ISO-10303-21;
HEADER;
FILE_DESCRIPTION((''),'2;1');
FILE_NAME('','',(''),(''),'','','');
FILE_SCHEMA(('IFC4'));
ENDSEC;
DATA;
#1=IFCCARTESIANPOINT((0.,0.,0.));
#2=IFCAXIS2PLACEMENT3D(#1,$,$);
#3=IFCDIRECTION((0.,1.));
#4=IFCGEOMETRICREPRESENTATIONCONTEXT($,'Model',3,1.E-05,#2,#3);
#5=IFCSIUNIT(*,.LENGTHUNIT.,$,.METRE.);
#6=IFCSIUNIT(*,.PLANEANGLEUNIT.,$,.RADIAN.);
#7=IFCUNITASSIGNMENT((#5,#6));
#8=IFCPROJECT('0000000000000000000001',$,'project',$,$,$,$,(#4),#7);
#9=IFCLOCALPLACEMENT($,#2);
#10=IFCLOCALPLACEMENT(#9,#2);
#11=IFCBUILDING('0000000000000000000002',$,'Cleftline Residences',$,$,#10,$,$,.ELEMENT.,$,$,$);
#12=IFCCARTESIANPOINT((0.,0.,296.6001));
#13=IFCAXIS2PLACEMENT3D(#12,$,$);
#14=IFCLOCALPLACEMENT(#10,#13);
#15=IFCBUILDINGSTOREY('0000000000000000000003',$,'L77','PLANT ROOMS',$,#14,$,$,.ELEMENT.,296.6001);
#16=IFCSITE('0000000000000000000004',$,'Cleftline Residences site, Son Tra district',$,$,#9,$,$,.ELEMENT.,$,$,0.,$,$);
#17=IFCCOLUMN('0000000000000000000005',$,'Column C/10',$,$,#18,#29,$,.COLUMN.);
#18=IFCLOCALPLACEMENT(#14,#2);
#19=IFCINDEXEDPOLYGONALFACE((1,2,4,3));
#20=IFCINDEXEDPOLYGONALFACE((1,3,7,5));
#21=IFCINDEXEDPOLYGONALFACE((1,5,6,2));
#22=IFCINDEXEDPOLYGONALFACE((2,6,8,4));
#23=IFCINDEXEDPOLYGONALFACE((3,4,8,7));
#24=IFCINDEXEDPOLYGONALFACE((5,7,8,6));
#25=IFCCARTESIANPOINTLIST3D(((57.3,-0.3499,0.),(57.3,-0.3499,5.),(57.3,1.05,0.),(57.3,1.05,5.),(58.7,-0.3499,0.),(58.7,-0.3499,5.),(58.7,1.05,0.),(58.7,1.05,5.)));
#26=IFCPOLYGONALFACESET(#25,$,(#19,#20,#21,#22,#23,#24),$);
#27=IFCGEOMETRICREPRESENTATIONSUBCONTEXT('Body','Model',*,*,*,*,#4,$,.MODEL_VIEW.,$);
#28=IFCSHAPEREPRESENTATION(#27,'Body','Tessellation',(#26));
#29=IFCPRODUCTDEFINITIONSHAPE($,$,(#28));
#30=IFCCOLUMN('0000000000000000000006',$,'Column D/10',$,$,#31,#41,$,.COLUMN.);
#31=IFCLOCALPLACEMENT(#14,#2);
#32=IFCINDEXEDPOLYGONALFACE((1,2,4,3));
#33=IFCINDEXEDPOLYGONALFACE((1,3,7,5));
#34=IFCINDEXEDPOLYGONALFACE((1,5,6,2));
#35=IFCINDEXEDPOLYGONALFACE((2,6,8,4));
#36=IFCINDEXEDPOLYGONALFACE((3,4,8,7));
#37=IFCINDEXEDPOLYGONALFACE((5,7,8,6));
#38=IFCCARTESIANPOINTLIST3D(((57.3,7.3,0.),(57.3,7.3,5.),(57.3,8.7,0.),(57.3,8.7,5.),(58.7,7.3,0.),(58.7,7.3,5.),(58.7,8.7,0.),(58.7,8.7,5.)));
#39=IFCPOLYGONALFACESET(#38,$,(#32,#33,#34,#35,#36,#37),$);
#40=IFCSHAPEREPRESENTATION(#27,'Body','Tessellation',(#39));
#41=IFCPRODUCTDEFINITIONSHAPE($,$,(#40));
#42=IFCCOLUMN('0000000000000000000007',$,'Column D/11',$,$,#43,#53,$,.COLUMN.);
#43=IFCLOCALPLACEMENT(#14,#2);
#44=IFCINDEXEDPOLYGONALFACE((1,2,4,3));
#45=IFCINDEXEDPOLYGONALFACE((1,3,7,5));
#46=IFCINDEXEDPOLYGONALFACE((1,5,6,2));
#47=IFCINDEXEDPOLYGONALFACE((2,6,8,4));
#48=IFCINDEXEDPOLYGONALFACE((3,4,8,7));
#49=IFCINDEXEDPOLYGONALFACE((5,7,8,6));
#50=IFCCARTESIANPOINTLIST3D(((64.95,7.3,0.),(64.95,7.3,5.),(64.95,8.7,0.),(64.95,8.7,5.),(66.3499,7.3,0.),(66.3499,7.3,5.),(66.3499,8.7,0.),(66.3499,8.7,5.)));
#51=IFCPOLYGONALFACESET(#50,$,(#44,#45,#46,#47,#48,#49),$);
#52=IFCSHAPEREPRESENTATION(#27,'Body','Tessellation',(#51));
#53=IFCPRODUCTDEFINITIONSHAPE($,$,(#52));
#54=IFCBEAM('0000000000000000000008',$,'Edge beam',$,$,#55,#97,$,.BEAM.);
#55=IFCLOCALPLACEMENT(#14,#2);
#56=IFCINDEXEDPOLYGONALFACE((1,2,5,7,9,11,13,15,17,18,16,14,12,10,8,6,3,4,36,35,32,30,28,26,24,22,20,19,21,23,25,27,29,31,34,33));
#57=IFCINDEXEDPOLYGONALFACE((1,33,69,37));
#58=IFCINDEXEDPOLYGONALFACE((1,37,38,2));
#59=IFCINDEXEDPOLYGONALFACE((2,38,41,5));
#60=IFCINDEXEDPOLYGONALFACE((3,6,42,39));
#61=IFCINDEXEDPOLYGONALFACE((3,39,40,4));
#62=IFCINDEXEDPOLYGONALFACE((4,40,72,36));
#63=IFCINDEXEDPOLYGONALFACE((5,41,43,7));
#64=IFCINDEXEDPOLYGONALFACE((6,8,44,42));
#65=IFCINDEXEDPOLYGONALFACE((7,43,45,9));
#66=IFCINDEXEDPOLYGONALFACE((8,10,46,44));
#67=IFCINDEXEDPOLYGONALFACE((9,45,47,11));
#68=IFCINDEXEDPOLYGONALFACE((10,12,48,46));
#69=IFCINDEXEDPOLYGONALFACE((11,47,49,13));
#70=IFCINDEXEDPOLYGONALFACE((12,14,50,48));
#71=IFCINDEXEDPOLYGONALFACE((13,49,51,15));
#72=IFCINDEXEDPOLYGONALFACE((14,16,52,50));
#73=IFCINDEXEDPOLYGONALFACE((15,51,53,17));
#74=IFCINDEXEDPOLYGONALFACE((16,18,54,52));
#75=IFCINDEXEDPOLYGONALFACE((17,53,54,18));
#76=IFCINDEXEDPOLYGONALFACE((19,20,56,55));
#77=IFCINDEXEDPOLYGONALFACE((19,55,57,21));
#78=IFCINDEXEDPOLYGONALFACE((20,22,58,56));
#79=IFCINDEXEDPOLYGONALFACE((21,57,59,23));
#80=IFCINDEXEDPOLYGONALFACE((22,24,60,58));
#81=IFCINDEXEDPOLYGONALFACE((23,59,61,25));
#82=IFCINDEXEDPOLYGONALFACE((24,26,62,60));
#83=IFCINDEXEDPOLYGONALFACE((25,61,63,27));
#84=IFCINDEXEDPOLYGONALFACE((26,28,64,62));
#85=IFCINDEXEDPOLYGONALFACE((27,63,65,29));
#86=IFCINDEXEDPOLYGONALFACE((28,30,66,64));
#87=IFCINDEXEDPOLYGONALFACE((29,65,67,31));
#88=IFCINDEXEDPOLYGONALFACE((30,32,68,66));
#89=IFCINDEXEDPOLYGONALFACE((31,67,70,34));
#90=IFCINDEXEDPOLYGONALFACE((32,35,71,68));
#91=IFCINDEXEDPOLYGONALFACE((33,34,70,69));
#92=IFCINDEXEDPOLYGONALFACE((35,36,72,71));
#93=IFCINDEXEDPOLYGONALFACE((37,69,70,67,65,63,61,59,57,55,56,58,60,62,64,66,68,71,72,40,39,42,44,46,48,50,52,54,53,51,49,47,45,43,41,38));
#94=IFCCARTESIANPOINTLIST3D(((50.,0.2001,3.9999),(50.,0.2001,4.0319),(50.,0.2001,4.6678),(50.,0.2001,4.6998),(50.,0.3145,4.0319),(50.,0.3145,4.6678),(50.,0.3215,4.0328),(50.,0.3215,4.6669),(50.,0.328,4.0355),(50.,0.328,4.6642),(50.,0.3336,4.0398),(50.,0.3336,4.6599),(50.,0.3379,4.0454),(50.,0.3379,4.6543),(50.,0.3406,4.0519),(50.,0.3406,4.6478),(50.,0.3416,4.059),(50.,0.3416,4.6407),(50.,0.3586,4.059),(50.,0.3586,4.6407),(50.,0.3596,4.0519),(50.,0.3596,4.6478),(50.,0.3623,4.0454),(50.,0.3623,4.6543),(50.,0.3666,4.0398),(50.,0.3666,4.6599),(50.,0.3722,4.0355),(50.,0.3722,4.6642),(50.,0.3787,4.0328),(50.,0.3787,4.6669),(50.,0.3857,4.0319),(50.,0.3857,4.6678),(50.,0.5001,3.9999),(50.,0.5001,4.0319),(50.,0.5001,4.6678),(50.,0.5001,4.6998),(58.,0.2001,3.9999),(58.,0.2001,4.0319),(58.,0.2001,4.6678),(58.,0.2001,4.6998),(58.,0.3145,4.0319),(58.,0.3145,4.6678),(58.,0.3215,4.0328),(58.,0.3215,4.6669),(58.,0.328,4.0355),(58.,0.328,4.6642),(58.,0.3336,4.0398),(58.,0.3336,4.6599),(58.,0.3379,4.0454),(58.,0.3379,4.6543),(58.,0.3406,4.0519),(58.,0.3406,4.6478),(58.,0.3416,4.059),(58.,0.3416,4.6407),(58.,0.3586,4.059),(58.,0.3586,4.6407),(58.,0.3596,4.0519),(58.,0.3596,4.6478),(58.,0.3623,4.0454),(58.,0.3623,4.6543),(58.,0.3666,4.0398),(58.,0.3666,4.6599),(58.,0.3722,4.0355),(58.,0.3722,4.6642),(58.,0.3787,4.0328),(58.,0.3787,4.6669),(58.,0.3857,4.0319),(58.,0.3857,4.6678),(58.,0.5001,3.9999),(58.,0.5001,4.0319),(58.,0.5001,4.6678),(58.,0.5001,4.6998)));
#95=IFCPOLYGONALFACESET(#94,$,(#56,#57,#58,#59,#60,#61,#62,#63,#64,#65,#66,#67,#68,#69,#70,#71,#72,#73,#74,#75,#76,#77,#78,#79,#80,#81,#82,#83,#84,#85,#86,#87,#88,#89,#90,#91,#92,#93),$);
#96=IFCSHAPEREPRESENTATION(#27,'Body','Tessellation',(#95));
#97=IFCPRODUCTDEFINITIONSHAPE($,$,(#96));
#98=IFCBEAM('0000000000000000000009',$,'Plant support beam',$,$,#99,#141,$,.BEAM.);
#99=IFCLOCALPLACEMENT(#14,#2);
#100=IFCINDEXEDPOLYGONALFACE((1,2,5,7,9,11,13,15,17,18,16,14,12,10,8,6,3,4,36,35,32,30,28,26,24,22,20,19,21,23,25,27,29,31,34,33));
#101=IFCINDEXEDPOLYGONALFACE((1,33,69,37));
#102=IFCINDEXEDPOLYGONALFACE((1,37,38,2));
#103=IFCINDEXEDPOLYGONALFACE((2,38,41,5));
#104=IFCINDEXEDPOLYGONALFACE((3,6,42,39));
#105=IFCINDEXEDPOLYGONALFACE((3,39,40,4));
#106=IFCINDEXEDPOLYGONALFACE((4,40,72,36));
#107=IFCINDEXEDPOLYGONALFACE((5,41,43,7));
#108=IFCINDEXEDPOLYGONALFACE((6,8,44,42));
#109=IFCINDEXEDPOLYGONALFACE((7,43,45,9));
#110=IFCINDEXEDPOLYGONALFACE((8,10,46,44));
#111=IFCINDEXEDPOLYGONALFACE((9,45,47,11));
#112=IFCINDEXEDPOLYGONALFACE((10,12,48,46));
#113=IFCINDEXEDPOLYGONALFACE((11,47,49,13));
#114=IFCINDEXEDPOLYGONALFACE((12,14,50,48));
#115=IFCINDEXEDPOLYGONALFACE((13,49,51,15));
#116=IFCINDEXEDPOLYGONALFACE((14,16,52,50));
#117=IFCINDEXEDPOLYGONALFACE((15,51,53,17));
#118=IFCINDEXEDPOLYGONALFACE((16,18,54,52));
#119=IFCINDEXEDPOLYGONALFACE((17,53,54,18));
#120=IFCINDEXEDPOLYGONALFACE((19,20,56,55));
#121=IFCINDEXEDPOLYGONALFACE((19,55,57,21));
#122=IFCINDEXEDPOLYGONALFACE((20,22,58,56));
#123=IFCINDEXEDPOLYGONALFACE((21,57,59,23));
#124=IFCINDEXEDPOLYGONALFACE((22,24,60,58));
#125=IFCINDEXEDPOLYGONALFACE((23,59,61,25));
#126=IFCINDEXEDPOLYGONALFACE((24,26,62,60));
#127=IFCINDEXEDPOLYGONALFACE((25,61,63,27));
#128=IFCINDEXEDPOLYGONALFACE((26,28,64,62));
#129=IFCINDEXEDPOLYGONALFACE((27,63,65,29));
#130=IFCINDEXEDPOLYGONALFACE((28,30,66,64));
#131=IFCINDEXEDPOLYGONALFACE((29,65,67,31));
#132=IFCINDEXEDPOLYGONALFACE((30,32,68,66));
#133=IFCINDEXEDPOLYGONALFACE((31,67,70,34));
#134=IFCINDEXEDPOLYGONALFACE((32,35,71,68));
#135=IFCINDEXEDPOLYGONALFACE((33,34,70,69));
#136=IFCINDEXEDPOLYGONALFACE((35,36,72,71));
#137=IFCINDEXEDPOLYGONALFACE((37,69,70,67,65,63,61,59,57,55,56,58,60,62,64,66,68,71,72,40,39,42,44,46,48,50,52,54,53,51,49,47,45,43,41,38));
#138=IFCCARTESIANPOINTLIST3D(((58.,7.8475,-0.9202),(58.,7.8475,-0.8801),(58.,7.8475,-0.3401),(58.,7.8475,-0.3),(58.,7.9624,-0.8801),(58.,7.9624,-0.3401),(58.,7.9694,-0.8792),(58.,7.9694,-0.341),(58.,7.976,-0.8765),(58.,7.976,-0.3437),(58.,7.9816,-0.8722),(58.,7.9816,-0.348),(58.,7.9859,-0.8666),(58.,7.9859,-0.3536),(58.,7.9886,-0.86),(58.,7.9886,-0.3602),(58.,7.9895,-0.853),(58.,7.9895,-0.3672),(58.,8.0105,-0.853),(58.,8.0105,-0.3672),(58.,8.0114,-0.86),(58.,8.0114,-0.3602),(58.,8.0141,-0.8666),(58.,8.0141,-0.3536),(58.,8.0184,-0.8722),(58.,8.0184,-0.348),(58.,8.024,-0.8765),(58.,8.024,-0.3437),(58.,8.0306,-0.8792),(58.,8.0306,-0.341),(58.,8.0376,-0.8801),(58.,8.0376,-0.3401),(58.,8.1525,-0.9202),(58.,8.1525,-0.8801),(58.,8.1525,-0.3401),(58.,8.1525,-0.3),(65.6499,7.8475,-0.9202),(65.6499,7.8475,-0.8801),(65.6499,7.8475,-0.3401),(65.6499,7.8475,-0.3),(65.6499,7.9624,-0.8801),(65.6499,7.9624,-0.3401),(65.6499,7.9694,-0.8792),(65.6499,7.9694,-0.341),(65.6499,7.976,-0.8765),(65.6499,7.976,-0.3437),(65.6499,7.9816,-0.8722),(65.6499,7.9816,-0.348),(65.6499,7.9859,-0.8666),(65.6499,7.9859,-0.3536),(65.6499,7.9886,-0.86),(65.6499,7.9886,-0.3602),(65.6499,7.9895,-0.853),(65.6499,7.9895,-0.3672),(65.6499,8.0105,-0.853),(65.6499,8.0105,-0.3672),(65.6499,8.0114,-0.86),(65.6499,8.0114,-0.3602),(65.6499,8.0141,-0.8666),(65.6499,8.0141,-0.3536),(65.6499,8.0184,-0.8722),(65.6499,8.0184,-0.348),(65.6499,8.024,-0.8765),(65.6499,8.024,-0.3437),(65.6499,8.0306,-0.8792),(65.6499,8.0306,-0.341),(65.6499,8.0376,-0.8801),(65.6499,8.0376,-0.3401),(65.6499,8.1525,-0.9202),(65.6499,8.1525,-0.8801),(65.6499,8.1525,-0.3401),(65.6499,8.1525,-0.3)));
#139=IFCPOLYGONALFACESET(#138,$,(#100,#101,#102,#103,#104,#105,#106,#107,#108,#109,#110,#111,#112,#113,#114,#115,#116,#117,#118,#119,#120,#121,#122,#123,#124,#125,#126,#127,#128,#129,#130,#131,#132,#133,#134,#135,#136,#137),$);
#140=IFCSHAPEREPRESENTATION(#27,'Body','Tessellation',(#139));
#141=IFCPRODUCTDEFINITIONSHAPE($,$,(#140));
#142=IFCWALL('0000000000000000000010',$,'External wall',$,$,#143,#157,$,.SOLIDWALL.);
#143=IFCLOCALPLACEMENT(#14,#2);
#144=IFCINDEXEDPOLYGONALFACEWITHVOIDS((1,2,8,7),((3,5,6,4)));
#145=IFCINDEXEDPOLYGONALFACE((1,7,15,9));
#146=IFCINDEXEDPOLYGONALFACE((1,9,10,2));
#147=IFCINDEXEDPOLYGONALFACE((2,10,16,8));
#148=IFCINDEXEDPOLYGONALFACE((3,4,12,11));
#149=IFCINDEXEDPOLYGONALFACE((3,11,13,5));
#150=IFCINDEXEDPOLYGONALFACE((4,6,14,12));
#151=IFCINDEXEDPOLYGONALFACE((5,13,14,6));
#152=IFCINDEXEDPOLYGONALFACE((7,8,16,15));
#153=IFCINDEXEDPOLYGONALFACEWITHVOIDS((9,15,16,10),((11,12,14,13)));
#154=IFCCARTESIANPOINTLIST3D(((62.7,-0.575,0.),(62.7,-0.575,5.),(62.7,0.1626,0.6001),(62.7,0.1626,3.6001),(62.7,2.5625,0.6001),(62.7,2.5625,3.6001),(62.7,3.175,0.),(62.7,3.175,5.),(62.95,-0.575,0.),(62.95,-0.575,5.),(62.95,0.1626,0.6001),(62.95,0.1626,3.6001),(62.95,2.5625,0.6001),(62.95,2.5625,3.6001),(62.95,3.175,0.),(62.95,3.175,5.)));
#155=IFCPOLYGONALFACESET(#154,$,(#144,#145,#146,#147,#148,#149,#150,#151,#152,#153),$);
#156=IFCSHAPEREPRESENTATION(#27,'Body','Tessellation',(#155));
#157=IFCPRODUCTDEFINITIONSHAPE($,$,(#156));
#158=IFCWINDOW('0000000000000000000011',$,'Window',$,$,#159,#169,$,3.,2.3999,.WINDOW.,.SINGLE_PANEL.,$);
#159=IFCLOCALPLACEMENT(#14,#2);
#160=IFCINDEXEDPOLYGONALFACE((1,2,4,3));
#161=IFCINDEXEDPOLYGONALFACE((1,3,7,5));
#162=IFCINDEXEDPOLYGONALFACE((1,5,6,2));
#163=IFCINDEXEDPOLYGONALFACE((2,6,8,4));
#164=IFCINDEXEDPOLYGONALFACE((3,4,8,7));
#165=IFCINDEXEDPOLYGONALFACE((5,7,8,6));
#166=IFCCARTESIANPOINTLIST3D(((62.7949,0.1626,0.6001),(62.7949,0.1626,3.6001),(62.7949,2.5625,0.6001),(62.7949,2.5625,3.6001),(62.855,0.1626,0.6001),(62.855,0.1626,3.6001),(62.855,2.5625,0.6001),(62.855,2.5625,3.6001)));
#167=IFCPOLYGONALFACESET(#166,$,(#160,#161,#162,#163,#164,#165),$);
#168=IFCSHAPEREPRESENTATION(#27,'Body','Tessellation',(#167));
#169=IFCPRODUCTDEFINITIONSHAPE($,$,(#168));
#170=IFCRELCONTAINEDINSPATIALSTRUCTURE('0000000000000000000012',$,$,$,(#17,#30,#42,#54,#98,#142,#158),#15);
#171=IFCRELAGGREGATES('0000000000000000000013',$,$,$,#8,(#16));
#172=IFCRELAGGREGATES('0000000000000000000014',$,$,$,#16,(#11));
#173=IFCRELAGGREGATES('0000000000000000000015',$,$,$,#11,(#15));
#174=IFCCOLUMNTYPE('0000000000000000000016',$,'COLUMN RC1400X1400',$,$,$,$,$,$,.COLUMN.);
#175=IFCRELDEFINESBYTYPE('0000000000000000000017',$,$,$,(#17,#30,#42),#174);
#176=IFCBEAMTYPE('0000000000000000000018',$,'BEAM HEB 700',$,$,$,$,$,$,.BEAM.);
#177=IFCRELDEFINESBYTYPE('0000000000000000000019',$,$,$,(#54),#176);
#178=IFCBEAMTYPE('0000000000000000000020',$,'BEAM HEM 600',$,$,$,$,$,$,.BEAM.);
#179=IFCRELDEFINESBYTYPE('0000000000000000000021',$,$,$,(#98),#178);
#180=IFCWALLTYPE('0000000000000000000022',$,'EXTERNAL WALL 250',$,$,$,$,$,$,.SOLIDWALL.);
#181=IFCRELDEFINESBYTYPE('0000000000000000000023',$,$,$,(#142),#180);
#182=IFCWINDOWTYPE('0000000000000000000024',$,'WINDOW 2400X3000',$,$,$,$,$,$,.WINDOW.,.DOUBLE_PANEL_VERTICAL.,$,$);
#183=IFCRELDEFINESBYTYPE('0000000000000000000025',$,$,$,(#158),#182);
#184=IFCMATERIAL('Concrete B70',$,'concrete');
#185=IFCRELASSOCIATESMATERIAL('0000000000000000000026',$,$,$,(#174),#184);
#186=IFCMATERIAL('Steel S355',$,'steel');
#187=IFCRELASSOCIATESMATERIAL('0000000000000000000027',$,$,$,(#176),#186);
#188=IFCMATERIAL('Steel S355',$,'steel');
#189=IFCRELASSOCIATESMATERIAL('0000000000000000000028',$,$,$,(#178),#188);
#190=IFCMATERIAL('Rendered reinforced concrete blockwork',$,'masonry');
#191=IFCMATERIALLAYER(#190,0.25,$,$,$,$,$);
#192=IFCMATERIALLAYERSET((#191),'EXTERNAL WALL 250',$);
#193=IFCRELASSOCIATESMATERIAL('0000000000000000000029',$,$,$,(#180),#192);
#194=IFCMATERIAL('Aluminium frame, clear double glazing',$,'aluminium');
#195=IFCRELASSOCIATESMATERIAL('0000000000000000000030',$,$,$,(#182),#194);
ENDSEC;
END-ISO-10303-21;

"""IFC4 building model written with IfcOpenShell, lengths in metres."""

from ifc_helpers import new_model, si_unit, direction, frame, frame_2d, origin, origin_2d, place, context, subcontext, project, spatial, rectangle, i_section, extrude, material, layer, layer_set, material_profile, profile_set, type_object, element, fill, save


model = new_model("IFC4")

# Units and contexts
model_context = context("Model", 3, precision=1e-05, world=origin(), true_north=direction((0.0, 1.0)))
body_context = subcontext(model_context, "Body", "Model", "MODEL_VIEW")
ifc_project = project(units=[si_unit("LENGTHUNIT", "METRE"), si_unit("PLANEANGLEUNIT", "RADIAN")], contexts=[model_context])

# Site, building, storey
site_placement = place(None, origin())
site = spatial("IfcSite", under=ifc_project, at=site_placement, Name="Cleftline Residences site, Son Tra district", CompositionType="ELEMENT", RefElevation=0.0)
building_placement = place(site_placement, origin())
building = spatial("IfcBuilding", under=site, at=building_placement, Name="Cleftline Residences", CompositionType="ELEMENT")
storey_placement = place(building_placement, frame((0.0, 0.0, 296.6001)))
storey = spatial("IfcBuildingStorey", under=building, at=storey_placement, Name="L77", Description="PLANT ROOMS", CompositionType="ELEMENT", Elevation=296.6001)

# Columns
ifc_material_1 = material(Name="Concrete B70", Category="concrete")
ifc_material_profile_1 = material_profile(ifc_material_1, rectangle(XDim=1.3999, YDim=1.3999, at=origin_2d()))
ifc_profile_set_1 = profile_set([ifc_material_profile_1], Name="Concrete B70")
column_type = type_object("IfcColumnType", Name="COLUMN RC1400X1400", PredefinedType="COLUMN", material=ifc_profile_set_1)
for number, where, z_axis, x_axis, name in (
    (1, (58.0, 0.3501, 0.0), (0.0, 0.0, 1.0), (1.0, 0.0, 0.0), "Column C/10"),
    (2, (58.0, 8.0, 0.0), (0.0, 0.0, 1.0), (1.0, 0.0, 0.0), "Column D/10"),
    (3, (65.6499, 8.0, 0.0), (0.0, 0.0, 1.0), (1.0, 0.0, 0.0), "Column D/11"),
):
    element("IfcColumn", number, at=place(storey_placement, frame(where, z_axis=z_axis, x_axis=x_axis)), inside=storey, type_object=column_type, Name=name, PredefinedType="COLUMN", context=body_context, shape_type="SweptSolid", body=[
        extrude(rectangle(XDim=1.3999, YDim=1.3999, at=origin_2d()), origin(), (0.0, 0.0, 1.0), 5.0),
    ])

# Beams
ifc_material_2 = material(Name="Steel S355", Category="steel")
ifc_material_profile_2 = material_profile(ifc_material_2, i_section(OverallWidth=0.3, OverallDepth=0.7, WebThickness=0.0171, FlangeThickness=0.032, FilletRadius=0.0271, at=origin_2d()))
ifc_profile_set_2 = profile_set([ifc_material_profile_2], Name="Steel S355")
beam_type_1 = type_object("IfcBeamType", Name="BEAM HEB 700", PredefinedType="BEAM", material=ifc_profile_set_2)
beam_1_placement = place(storey_placement, frame((58.0, 0.3501, 4.3499), z_axis=(-1.0, 0.0, 0.0), x_axis=(0.0, -1.0, 0.0)))
element("IfcBeam", 4, at=beam_1_placement, inside=storey, type_object=beam_type_1, Name="Edge beam", PredefinedType="BEAM", context=body_context, shape_type="SweptSolid", body=[
    extrude(i_section(OverallWidth=0.3, OverallDepth=0.7, WebThickness=0.0171, FlangeThickness=0.032, FilletRadius=0.0271, at=origin_2d()), origin(), (0.0, 0.0, 1.0), 8.0),
])
ifc_material_3 = material(Name="Steel S355", Category="steel")
ifc_material_profile_3 = material_profile(ifc_material_3, i_section(OverallWidth=0.3049, OverallDepth=0.6201, WebThickness=0.021, FlangeThickness=0.04, FilletRadius=0.0271, at=origin_2d()))
ifc_profile_set_3 = profile_set([ifc_material_profile_3], Name="Steel S355")
beam_type_2 = type_object("IfcBeamType", Name="BEAM HEM 600", PredefinedType="BEAM", material=ifc_profile_set_3)
beam_2_placement = place(storey_placement, frame((58.0, 8.0, -0.6101), z_axis=(1.0, 0.0, 0.0), x_axis=(0.0, 1.0, 0.0)))
element("IfcBeam", 5, at=beam_2_placement, inside=storey, type_object=beam_type_2, Name="Plant support beam", PredefinedType="BEAM", context=body_context, shape_type="SweptSolid", body=[
    extrude(i_section(OverallWidth=0.3049, OverallDepth=0.6201, WebThickness=0.021, FlangeThickness=0.04, FilletRadius=0.0271, at=origin_2d()), origin(), (0.0, 0.0, 1.0), 7.6499),
])

# Wall, opening, window
ifc_material_4 = material(Name="Rendered reinforced concrete blockwork", Category="masonry")
ifc_layer = layer(ifc_material_4, 0.25)
ifc_layer_set = layer_set([ifc_layer], Name="EXTERNAL WALL 250")
wall_type = type_object("IfcWallType", Name="EXTERNAL WALL 250", PredefinedType="SOLIDWALL", material=ifc_layer_set)
wall_1_placement = place(storey_placement, frame((62.825, -0.575, 0.0), z_axis=(0.0, 0.0, 1.0), x_axis=(0.0, 1.0, 0.0)))
wall_1 = element("IfcWall", 6, at=wall_1_placement, inside=storey, type_object=wall_type, Name="External wall", PredefinedType="SOLIDWALL", context=body_context, shape_type="SweptSolid", body=[
    extrude(rectangle(XDim=3.75, YDim=0.25, at=frame_2d((1.875, 0.0))), origin(), (0.0, 0.0, 1.0), 5.0),
])
opening_1_placement = place(wall_1_placement, frame((0.7375, 0.0, 0.6001)))
opening_1 = element("IfcOpeningElement", 7, at=opening_1_placement, cuts=wall_1, PredefinedType="OPENING", context=body_context, shape_type="SweptSolid", body=[
    extrude(rectangle(XDim=2.3999, YDim=3.0, at=frame_2d((1.2, 1.5))), frame((0.0, 0.135, 0.0), z_axis=(0.0, -1.0, 0.0), x_axis=(1.0, 0.0, 0.0)), (0.0, 0.0, 1.0), 0.27),
])
ifc_material_5 = material(Name="Aluminium frame, clear double glazing", Category="aluminium")
window_type = type_object("IfcWindowType", Name="WINDOW 2400X3000", PartitioningType="DOUBLE_PANEL_VERTICAL", PredefinedType="WINDOW", material=ifc_material_5)
window_1_placement = place(opening_1_placement, origin())
window_1 = element("IfcWindow", 8, at=window_1_placement, inside=storey, type_object=window_type, Name="Window", OverallHeight=3.0, OverallWidth=2.3999, PartitioningType="SINGLE_PANEL", PredefinedType="WINDOW", context=body_context, shape_type="SweptSolid", body=[
    extrude(rectangle(XDim=2.3999, YDim=3.0, at=frame_2d((1.2, 1.5))), frame((0.0, 0.03, 0.0), z_axis=(0.0, -1.0, 0.0), x_axis=(1.0, 0.0, 0.0)), (0.0, 0.0, 1.0), 0.0601),
])
fill(opening_1, window_1)

save(model, "model.ifc")
